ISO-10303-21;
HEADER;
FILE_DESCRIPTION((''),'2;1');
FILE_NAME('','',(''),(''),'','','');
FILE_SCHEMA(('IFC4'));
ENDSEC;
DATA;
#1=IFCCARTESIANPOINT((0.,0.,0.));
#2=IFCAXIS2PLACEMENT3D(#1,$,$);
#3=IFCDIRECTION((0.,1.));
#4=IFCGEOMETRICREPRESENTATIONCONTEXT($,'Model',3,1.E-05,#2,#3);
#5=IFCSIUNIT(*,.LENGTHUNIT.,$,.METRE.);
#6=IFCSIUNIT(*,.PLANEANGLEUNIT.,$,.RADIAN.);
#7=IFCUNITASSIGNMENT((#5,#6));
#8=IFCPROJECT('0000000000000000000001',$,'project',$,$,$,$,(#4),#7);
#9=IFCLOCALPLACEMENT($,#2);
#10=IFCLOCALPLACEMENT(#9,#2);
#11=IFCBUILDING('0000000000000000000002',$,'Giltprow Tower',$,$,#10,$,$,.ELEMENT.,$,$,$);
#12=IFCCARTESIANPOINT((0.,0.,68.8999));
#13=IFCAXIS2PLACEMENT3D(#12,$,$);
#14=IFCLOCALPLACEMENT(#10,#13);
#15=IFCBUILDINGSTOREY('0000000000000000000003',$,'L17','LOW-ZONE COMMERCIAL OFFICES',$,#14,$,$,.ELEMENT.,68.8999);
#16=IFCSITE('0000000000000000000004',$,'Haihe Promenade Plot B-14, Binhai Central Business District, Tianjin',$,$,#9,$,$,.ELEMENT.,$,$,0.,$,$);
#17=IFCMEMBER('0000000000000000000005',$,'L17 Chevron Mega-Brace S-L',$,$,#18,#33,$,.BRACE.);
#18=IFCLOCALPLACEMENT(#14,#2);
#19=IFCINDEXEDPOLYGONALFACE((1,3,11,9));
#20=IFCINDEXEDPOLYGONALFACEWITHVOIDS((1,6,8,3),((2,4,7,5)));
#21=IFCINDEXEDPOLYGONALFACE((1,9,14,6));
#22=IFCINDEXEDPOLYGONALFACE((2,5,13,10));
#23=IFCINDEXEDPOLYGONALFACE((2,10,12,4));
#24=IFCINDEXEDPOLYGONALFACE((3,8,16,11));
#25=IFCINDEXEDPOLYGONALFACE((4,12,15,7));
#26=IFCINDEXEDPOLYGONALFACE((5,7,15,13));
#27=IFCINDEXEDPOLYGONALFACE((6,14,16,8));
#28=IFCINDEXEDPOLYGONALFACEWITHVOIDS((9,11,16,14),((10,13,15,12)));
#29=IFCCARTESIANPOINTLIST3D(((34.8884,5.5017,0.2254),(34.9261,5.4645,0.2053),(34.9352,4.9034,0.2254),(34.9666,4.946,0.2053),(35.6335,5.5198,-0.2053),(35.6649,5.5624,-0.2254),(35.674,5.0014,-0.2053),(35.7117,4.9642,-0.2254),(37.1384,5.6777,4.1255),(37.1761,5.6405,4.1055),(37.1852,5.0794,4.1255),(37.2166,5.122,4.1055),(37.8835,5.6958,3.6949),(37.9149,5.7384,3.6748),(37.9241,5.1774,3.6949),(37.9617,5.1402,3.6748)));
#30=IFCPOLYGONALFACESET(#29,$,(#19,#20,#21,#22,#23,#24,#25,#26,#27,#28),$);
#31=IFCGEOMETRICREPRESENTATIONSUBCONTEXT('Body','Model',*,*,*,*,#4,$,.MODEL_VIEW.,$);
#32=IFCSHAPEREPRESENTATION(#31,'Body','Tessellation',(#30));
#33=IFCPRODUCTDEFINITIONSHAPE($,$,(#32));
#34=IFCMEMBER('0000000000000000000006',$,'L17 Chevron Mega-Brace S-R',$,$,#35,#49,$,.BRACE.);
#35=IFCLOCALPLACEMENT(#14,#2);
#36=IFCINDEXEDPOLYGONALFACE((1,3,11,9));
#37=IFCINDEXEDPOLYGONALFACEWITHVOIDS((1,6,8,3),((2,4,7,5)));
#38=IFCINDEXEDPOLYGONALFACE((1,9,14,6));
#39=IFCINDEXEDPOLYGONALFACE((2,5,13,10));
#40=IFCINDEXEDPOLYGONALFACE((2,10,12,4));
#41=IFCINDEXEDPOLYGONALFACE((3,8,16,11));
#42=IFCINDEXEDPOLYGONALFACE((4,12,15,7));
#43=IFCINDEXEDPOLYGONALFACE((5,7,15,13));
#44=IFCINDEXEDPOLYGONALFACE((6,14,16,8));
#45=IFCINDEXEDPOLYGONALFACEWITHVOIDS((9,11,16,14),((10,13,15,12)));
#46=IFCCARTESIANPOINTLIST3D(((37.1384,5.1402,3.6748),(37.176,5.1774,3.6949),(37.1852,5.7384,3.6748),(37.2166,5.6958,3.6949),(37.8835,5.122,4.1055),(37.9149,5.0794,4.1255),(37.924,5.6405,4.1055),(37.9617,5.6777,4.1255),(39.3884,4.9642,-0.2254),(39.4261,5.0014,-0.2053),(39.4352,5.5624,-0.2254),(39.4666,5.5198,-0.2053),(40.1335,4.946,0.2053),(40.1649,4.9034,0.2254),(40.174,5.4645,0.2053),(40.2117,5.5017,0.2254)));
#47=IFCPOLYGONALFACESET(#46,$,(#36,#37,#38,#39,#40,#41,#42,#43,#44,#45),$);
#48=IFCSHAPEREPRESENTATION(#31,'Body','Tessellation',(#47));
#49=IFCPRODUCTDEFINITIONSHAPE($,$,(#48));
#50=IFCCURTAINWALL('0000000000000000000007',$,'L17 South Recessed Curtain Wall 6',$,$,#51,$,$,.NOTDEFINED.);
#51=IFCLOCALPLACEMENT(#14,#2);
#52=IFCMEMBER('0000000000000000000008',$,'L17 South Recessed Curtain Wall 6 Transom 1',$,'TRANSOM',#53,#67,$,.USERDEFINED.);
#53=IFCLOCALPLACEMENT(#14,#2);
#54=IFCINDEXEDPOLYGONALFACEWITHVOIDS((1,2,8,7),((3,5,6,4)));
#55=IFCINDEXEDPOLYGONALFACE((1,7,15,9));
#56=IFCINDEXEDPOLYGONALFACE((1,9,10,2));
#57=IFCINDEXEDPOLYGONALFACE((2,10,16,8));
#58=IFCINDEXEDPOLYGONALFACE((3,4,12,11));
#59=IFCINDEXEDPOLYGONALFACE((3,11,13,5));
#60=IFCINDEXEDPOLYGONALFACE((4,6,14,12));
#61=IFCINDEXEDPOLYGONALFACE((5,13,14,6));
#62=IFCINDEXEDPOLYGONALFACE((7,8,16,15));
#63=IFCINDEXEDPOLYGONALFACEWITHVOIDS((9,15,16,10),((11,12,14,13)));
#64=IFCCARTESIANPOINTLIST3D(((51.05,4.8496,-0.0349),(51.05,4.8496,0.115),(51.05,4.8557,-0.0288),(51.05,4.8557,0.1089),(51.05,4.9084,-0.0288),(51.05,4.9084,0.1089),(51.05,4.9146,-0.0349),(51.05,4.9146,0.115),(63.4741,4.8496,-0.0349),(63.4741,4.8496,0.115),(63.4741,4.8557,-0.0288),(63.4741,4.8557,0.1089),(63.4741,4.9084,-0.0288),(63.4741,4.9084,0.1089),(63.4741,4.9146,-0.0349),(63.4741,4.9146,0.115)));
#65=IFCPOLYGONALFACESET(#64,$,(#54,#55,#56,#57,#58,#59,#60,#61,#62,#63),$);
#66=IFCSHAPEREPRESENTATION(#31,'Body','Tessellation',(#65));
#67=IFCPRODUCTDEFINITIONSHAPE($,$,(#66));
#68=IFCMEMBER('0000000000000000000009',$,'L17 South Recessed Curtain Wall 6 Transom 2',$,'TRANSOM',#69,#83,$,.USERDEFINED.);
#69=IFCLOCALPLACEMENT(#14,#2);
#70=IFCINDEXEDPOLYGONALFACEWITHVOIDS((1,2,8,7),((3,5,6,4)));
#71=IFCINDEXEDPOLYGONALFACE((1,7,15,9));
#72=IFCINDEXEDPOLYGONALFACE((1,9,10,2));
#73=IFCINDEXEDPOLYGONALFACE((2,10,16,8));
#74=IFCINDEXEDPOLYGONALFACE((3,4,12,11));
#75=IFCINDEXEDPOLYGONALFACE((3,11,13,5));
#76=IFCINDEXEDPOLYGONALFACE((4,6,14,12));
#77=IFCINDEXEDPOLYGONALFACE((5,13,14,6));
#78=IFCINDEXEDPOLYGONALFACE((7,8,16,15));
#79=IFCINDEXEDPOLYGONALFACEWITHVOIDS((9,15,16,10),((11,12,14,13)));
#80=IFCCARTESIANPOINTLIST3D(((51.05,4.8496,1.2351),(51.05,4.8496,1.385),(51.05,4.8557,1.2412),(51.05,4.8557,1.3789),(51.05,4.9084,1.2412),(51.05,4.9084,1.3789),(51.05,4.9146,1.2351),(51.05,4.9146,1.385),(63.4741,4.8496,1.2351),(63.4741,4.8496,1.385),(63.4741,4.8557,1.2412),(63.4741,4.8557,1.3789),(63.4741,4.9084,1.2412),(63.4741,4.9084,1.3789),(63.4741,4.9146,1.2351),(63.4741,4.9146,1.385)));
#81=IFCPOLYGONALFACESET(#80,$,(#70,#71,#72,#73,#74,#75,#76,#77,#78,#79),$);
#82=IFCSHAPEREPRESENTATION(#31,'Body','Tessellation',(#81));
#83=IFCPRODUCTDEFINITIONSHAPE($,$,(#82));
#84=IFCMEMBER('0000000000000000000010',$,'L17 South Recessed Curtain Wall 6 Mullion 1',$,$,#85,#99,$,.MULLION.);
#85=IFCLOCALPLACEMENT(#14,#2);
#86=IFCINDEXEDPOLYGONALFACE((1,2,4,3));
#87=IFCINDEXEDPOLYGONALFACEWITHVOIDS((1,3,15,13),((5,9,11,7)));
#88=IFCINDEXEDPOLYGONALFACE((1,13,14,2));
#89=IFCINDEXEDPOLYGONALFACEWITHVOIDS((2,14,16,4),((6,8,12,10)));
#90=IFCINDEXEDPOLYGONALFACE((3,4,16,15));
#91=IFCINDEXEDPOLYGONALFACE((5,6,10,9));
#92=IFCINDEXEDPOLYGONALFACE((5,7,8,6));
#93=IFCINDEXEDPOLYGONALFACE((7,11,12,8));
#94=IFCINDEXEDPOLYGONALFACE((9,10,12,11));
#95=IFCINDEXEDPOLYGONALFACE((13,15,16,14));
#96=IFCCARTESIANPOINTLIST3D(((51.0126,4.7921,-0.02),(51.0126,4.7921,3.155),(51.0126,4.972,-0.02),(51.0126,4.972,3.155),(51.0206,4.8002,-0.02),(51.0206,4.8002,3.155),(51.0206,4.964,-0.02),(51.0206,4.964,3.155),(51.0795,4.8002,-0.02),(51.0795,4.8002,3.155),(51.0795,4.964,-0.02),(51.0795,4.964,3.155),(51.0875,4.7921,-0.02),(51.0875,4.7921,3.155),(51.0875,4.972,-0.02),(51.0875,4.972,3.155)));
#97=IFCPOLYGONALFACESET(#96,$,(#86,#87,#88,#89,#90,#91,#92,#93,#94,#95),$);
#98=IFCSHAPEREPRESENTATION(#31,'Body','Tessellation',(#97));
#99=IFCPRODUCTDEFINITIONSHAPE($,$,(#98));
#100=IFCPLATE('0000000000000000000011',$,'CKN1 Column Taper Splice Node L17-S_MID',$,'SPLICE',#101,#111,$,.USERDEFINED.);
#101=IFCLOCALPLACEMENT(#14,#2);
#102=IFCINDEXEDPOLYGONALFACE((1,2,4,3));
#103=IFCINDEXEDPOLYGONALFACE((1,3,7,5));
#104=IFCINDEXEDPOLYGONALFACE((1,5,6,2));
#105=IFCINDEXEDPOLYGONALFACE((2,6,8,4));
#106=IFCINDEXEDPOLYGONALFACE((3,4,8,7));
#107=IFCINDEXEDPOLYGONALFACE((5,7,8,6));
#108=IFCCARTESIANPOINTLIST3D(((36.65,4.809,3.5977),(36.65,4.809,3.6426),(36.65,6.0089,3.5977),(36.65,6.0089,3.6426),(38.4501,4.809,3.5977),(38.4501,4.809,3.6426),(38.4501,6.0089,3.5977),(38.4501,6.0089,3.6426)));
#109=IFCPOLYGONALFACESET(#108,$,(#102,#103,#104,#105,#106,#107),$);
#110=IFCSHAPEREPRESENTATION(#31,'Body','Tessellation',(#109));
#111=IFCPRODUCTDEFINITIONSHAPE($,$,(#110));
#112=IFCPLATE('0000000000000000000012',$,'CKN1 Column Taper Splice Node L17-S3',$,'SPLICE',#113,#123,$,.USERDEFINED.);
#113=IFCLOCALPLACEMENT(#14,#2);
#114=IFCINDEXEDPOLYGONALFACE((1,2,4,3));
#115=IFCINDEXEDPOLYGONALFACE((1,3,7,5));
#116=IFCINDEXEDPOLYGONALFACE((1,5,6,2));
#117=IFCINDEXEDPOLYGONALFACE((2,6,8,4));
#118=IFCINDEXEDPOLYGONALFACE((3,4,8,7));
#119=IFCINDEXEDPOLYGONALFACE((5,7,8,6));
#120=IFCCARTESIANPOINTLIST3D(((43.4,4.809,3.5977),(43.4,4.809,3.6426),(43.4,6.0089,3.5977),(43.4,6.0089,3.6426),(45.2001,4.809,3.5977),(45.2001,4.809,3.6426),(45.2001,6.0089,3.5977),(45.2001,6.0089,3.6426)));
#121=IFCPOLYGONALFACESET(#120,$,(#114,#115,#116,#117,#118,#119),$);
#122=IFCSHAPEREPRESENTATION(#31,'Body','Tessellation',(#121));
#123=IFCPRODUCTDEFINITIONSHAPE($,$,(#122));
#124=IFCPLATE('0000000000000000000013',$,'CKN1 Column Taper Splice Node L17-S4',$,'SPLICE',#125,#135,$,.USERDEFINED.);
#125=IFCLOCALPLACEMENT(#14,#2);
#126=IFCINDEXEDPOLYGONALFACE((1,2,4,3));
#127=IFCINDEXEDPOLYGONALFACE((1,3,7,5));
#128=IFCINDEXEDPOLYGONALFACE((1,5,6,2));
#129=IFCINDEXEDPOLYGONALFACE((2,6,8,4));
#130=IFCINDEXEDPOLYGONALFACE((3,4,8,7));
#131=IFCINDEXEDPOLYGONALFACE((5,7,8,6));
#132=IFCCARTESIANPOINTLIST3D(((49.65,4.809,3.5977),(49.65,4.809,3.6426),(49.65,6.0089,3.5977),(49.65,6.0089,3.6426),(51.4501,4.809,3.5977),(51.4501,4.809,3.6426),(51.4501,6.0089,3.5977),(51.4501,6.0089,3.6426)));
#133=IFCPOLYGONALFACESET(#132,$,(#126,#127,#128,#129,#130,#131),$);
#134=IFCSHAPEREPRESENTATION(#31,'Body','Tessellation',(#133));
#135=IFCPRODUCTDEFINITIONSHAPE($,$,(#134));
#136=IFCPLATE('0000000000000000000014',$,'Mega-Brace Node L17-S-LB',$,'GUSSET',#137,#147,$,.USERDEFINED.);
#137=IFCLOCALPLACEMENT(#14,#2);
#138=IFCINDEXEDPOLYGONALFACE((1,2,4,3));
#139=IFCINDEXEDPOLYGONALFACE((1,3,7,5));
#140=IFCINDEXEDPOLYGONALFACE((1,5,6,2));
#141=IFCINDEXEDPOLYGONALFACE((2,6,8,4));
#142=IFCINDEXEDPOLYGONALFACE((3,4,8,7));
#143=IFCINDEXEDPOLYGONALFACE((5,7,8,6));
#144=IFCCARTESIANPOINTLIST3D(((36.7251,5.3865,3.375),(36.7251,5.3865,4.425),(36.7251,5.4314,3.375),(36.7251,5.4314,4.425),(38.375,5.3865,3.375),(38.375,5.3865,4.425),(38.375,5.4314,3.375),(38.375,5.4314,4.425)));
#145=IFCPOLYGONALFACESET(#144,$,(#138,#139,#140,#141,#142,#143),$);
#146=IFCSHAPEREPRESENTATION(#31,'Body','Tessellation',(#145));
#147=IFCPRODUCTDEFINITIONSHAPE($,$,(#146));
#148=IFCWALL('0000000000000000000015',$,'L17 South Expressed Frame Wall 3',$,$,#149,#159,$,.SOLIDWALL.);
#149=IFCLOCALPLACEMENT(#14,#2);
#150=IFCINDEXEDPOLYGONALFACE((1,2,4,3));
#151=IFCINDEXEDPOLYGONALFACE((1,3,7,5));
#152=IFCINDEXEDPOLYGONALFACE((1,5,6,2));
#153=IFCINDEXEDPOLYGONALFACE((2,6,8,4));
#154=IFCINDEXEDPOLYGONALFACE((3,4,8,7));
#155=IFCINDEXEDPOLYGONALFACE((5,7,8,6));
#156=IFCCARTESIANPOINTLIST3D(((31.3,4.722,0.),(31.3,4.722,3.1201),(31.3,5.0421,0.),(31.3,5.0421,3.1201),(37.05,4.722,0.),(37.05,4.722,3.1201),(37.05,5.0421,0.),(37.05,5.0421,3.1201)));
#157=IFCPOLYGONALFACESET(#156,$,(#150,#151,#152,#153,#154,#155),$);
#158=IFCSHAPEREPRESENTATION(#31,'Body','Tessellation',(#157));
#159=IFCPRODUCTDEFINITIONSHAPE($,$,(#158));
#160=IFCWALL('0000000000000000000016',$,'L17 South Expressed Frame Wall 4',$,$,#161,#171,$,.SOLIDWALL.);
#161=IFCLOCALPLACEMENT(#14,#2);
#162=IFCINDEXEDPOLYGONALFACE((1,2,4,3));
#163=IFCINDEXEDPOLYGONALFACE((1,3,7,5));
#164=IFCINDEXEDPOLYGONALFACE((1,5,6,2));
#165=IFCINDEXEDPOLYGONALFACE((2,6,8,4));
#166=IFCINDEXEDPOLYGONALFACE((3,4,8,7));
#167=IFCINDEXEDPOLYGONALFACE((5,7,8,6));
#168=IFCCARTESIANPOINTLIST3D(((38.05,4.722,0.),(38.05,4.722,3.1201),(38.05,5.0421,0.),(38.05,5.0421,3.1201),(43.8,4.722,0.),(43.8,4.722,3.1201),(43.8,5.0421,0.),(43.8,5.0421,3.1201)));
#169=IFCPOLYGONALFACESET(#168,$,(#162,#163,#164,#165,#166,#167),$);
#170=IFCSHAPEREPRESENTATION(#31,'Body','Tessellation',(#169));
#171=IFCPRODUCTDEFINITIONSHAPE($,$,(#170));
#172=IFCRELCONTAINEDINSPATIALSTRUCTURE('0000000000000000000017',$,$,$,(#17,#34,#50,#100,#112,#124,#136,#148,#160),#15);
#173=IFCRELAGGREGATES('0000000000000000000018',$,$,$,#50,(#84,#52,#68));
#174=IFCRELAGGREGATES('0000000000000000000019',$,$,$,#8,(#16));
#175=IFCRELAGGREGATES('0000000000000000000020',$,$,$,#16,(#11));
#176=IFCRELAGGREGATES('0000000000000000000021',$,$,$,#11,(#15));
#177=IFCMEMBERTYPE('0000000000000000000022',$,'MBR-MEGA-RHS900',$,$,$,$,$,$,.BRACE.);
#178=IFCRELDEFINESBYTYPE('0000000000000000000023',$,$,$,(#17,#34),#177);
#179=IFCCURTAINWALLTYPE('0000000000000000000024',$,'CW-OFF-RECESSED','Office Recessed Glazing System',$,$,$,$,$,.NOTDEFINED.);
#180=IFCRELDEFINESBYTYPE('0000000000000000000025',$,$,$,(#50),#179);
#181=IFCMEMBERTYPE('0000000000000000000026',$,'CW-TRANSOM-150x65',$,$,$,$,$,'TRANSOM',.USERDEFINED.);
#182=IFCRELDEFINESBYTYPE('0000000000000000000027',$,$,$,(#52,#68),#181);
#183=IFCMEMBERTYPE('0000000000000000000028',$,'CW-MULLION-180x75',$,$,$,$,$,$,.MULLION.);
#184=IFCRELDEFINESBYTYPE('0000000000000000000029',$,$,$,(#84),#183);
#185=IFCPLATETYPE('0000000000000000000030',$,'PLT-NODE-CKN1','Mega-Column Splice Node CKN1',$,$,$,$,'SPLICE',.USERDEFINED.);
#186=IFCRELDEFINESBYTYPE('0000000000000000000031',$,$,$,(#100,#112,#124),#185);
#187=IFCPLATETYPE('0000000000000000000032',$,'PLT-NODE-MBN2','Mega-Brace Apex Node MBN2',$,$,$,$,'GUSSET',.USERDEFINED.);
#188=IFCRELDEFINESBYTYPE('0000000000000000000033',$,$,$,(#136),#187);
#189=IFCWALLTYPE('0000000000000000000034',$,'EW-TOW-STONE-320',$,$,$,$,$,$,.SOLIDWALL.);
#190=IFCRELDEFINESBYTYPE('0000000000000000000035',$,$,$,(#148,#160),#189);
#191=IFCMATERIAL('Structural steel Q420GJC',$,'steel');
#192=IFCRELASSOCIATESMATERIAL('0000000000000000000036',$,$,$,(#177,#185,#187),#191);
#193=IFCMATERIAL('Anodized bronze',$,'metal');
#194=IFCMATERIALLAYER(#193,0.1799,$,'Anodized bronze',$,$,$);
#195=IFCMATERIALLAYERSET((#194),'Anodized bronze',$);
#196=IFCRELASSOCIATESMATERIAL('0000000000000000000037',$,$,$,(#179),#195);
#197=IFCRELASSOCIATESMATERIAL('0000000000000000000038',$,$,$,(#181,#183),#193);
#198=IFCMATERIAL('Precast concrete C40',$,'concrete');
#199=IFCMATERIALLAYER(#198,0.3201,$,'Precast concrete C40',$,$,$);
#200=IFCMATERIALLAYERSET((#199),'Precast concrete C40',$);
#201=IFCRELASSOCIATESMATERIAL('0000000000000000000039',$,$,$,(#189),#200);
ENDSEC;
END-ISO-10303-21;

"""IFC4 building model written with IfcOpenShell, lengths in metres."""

from ifc_helpers import new_model, si_unit, direction, frame, frame_2d, origin, origin_2d, place, context, subcontext, project, spatial, rectangle, hollow_rectangle, extrude, source, transform, mapped, material, layer, layer_set, material_profile, profile_set, type_object, element, aggregate, save


model = new_model("IFC4")

# Units and contexts
model_context = context("Model", 3, precision=1e-05, world=origin(), true_north=direction((0.0, 1.0)))
body_context = subcontext(model_context, "Body", "Model", "MODEL_VIEW")
ifc_project = project(units=[si_unit("LENGTHUNIT", "METRE"), si_unit("PLANEANGLEUNIT", "RADIAN")], contexts=[model_context])

# Site, building, storey
site_placement = place(None, origin())
site = spatial("IfcSite", under=ifc_project, at=site_placement, Name="Haihe Promenade Plot B-14, Binhai Central Business District, Tianjin", CompositionType="ELEMENT", RefElevation=0.0)
building_placement = place(site_placement, origin())
building = spatial("IfcBuilding", under=site, at=building_placement, Name="Giltprow Tower", CompositionType="ELEMENT")
storey_placement = place(building_placement, frame((0.0, 0.0, 68.8999)))
storey = spatial("IfcBuildingStorey", under=building, at=storey_placement, Name="L17", Description="LOW-ZONE COMMERCIAL OFFICES", CompositionType="ELEMENT", Elevation=68.8999)

# Shared definitions
ifc_material_1 = material(Name="Structural steel Q420GJC", Category="steel")

# Members
ifc_material_profile_1 = material_profile(ifc_material_1, hollow_rectangle(XDim=0.6001, YDim=0.8999, WallThickness=0.04, at=origin_2d()), Name="RHS 900x600x40")
ifc_profile_set_1 = profile_set([ifc_material_profile_1], Name="Structural steel Q420GJC")
member_type_1 = type_object("IfcMemberType", Name="MBR-MEGA-RHS900", PredefinedType="BRACE", material=ifc_profile_set_1)
shared_shape_1 = source(origin(), body_context, "Body", "SweptSolid", [
    extrude(hollow_rectangle(XDim=0.6001, YDim=0.8999, WallThickness=0.04, at=origin_2d()), origin(), (0.0, 0.0, 1.0), 4.5061),
])
for number, where, z_axis, x_axis, name in (
    (1, (35.3, 5.2329, 0.0), (0.499327, 0.039064, 0.865533), (-0.077995, 0.996954, 0.0), "L17 Chevron Mega-Brace S-L"),
    (2, (39.8, 5.2329, 0.0), (-0.499327, 0.039064, 0.865533), (-0.077995, -0.996954, 0.0), "L17 Chevron Mega-Brace S-R"),
):
    element("IfcMember", number, at=place(storey_placement, frame(where, z_axis=z_axis, x_axis=x_axis)), inside=storey, type_object=member_type_1, Name=name, PredefinedType="BRACE", context=body_context, shape_type="MappedRepresentation", body=[
        mapped(shared_shape_1, transform((0.0, 0.0, 0.0), x_axis=(1.0, 0.0, 0.0), y_axis=(0.0, 1.0, 0.0), z_axis=(0.0, 0.0, 1.0), scale=1.0)),
    ])

# Curtain wall, members
ifc_material_2 = material(Name="Anodized bronze", Category="metal")
ifc_layer_1 = layer(ifc_material_2, 0.1799, Name="Anodized bronze")
ifc_layer_set_1 = layer_set([ifc_layer_1], Name="Anodized bronze")
curtain_wall_type = type_object("IfcCurtainWallType", Name="CW-OFF-RECESSED", Description="Office Recessed Glazing System", PredefinedType="NOTDEFINED", material=ifc_layer_set_1)
curtain_wall_placement = place(storey_placement, origin())
curtain_wall = element("IfcCurtainWall", 3, at=curtain_wall_placement, inside=storey, type_object=curtain_wall_type, Name="L17 South Recessed Curtain Wall 6", PredefinedType="NOTDEFINED")
ifc_material_profile_2 = material_profile(ifc_material_2, hollow_rectangle(XDim=0.0649, YDim=0.1499, WallThickness=0.0061, at=origin_2d()), Name="RHS 150x65x6")
ifc_profile_set_2 = profile_set([ifc_material_profile_2], Name="Anodized bronze")
member_type_2 = type_object("IfcMemberType", Name="CW-TRANSOM-150x65", ElementType="TRANSOM", PredefinedType="USERDEFINED", material=ifc_profile_set_2)
shared_shape_2 = source(origin(), body_context, "Body", "SweptSolid", [
    extrude(hollow_rectangle(XDim=0.0649, YDim=0.1499, WallThickness=0.0061, at=origin_2d()), origin(), (0.0, 0.0, 1.0), 12.4241),
])
member_1_placement = place(storey_placement, frame((51.05, 4.8821, 0.04), z_axis=(1.0, 0.0, 0.0), x_axis=(0.0, 1.0, 0.0)))
member_1 = element("IfcMember", 4, at=member_1_placement, type_object=member_type_2, Name="L17 South Recessed Curtain Wall 6 Transom 1", ObjectType="TRANSOM", PredefinedType="USERDEFINED", context=body_context, shape_type="MappedRepresentation", body=[
    mapped(shared_shape_2, transform((0.0, 0.0, 0.0), x_axis=(1.0, 0.0, 0.0), y_axis=(0.0, 1.0, 0.0), z_axis=(0.0, 0.0, 1.0), scale=1.0)),
])
member_2_placement = place(storey_placement, frame((51.05, 4.8821, 1.3101), z_axis=(1.0, 0.0, 0.0), x_axis=(0.0, 1.0, 0.0)))
member_2 = element("IfcMember", 5, at=member_2_placement, type_object=member_type_2, Name="L17 South Recessed Curtain Wall 6 Transom 2", ObjectType="TRANSOM", PredefinedType="USERDEFINED", context=body_context, shape_type="MappedRepresentation", body=[
    mapped(shared_shape_2, transform((0.0, 0.0, 0.0), x_axis=(1.0, 0.0, 0.0), y_axis=(0.0, 1.0, 0.0), z_axis=(0.0, 0.0, 1.0), scale=1.0)),
])
ifc_material_profile_3 = material_profile(ifc_material_2, hollow_rectangle(XDim=0.075, YDim=0.1799, WallThickness=0.0081, at=origin_2d()), Name="RHS 180x75x8")
ifc_profile_set_3 = profile_set([ifc_material_profile_3], Name="Anodized bronze")
member_type_3 = type_object("IfcMemberType", Name="CW-MULLION-180x75", PredefinedType="MULLION", material=ifc_profile_set_3)
shared_shape_3 = source(origin(), body_context, "Body", "SweptSolid", [
    extrude(hollow_rectangle(XDim=0.075, YDim=0.1799, WallThickness=0.0081, at=origin_2d()), origin(), (0.0, 0.0, 1.0), 3.175),
])
member_3_placement = place(storey_placement, frame((51.05, 4.8821, -0.02), z_axis=(0.0, 0.0, 1.0), x_axis=(1.0, 0.0, 0.0)))
member_3 = element("IfcMember", 6, at=member_3_placement, type_object=member_type_3, Name="L17 South Recessed Curtain Wall 6 Mullion 1", PredefinedType="MULLION", context=body_context, shape_type="MappedRepresentation", body=[
    mapped(shared_shape_3, transform((0.0, 0.0, 0.0), x_axis=(1.0, 0.0, 0.0), y_axis=(0.0, 1.0, 0.0), z_axis=(0.0, 0.0, 1.0), scale=1.0)),
])
aggregate(curtain_wall, [member_3, member_1, member_2])

# Plates
plate_type_1 = type_object("IfcPlateType", Name="PLT-NODE-CKN1", Description="Mega-Column Splice Node CKN1", ElementType="SPLICE", PredefinedType="USERDEFINED", material=ifc_material_1)
shared_shape_4 = source(origin(), body_context, "Body", "SweptSolid", [
    extrude(rectangle(XDim=1.8, YDim=1.2, at=origin_2d()), origin(), (0.0, 0.0, 1.0), 0.0449),
])
for number, where, z_axis, x_axis, name in (
    (7, (37.55, 5.4089, 3.5977), (0.0, 0.0, 1.0), (1.0, 0.0, 0.0), "CKN1 Column Taper Splice Node L17-S_MID"),
    (8, (44.3, 5.4089, 3.5977), (0.0, 0.0, 1.0), (1.0, 0.0, 0.0), "CKN1 Column Taper Splice Node L17-S3"),
    (9, (50.55, 5.4089, 3.5977), (0.0, 0.0, 1.0), (1.0, 0.0, 0.0), "CKN1 Column Taper Splice Node L17-S4"),
):
    element("IfcPlate", number, at=place(storey_placement, frame(where, z_axis=z_axis, x_axis=x_axis)), inside=storey, type_object=plate_type_1, Name=name, ObjectType="SPLICE", PredefinedType="USERDEFINED", context=body_context, shape_type="MappedRepresentation", body=[
        mapped(shared_shape_4, transform((0.0, 0.0, 0.0), x_axis=(1.0, 0.0, 0.0), y_axis=(0.0, 1.0, 0.0), z_axis=(0.0, 0.0, 1.0), scale=1.0)),
    ])
plate_type_2 = type_object("IfcPlateType", Name="PLT-NODE-MBN2", Description="Mega-Brace Apex Node MBN2", ElementType="GUSSET", PredefinedType="USERDEFINED", material=ifc_material_1)
shared_shape_5 = source(origin(), body_context, "Body", "SweptSolid", [
    extrude(rectangle(XDim=1.6499, YDim=0.0449, at=origin_2d()), origin(), (0.0, 0.0, 1.0), 1.05),
])
plate_placement = place(storey_placement, frame((37.55, 5.4089, 3.375), z_axis=(0.0, 0.0, 1.0), x_axis=(1.0, 0.0, 0.0)))
element("IfcPlate", 10, at=plate_placement, inside=storey, type_object=plate_type_2, Name="Mega-Brace Node L17-S-LB", ObjectType="GUSSET", PredefinedType="USERDEFINED", context=body_context, shape_type="MappedRepresentation", body=[
    mapped(shared_shape_5, transform((0.0, 0.0, 0.0), x_axis=(1.0, 0.0, 0.0), y_axis=(0.0, 1.0, 0.0), z_axis=(0.0, 0.0, 1.0), scale=1.0)),
])

# Walls
ifc_material_3 = material(Name="Precast concrete C40", Category="concrete")
ifc_layer_2 = layer(ifc_material_3, 0.3201, Name="Precast concrete C40")
ifc_layer_set_2 = layer_set([ifc_layer_2], Name="Precast concrete C40")
wall_type_1 = type_object("IfcWallType", Name="EW-TOW-STONE-320", PredefinedType="SOLIDWALL", material=ifc_layer_set_2)
for number, where, z_axis, x_axis, name in (
    (11, (31.3, 4.8821, 0.0), (0.0, 0.0, 1.0), (1.0, 0.0, 0.0), "L17 South Expressed Frame Wall 3"),
    (12, (38.05, 4.8821, 0.0), (0.0, 0.0, 1.0), (1.0, 0.0, 0.0), "L17 South Expressed Frame Wall 4"),
):
    element("IfcWall", number, at=place(storey_placement, frame(where, z_axis=z_axis, x_axis=x_axis)), inside=storey, type_object=wall_type_1, Name=name, PredefinedType="SOLIDWALL", context=body_context, shape_type="SweptSolid", body=[
        extrude(rectangle(XDim=5.75, YDim=0.3201, at=frame_2d((2.875, 0.0))), origin(), (0.0, 0.0, 1.0), 3.1201),
    ])

save(model, "model.ifc")
